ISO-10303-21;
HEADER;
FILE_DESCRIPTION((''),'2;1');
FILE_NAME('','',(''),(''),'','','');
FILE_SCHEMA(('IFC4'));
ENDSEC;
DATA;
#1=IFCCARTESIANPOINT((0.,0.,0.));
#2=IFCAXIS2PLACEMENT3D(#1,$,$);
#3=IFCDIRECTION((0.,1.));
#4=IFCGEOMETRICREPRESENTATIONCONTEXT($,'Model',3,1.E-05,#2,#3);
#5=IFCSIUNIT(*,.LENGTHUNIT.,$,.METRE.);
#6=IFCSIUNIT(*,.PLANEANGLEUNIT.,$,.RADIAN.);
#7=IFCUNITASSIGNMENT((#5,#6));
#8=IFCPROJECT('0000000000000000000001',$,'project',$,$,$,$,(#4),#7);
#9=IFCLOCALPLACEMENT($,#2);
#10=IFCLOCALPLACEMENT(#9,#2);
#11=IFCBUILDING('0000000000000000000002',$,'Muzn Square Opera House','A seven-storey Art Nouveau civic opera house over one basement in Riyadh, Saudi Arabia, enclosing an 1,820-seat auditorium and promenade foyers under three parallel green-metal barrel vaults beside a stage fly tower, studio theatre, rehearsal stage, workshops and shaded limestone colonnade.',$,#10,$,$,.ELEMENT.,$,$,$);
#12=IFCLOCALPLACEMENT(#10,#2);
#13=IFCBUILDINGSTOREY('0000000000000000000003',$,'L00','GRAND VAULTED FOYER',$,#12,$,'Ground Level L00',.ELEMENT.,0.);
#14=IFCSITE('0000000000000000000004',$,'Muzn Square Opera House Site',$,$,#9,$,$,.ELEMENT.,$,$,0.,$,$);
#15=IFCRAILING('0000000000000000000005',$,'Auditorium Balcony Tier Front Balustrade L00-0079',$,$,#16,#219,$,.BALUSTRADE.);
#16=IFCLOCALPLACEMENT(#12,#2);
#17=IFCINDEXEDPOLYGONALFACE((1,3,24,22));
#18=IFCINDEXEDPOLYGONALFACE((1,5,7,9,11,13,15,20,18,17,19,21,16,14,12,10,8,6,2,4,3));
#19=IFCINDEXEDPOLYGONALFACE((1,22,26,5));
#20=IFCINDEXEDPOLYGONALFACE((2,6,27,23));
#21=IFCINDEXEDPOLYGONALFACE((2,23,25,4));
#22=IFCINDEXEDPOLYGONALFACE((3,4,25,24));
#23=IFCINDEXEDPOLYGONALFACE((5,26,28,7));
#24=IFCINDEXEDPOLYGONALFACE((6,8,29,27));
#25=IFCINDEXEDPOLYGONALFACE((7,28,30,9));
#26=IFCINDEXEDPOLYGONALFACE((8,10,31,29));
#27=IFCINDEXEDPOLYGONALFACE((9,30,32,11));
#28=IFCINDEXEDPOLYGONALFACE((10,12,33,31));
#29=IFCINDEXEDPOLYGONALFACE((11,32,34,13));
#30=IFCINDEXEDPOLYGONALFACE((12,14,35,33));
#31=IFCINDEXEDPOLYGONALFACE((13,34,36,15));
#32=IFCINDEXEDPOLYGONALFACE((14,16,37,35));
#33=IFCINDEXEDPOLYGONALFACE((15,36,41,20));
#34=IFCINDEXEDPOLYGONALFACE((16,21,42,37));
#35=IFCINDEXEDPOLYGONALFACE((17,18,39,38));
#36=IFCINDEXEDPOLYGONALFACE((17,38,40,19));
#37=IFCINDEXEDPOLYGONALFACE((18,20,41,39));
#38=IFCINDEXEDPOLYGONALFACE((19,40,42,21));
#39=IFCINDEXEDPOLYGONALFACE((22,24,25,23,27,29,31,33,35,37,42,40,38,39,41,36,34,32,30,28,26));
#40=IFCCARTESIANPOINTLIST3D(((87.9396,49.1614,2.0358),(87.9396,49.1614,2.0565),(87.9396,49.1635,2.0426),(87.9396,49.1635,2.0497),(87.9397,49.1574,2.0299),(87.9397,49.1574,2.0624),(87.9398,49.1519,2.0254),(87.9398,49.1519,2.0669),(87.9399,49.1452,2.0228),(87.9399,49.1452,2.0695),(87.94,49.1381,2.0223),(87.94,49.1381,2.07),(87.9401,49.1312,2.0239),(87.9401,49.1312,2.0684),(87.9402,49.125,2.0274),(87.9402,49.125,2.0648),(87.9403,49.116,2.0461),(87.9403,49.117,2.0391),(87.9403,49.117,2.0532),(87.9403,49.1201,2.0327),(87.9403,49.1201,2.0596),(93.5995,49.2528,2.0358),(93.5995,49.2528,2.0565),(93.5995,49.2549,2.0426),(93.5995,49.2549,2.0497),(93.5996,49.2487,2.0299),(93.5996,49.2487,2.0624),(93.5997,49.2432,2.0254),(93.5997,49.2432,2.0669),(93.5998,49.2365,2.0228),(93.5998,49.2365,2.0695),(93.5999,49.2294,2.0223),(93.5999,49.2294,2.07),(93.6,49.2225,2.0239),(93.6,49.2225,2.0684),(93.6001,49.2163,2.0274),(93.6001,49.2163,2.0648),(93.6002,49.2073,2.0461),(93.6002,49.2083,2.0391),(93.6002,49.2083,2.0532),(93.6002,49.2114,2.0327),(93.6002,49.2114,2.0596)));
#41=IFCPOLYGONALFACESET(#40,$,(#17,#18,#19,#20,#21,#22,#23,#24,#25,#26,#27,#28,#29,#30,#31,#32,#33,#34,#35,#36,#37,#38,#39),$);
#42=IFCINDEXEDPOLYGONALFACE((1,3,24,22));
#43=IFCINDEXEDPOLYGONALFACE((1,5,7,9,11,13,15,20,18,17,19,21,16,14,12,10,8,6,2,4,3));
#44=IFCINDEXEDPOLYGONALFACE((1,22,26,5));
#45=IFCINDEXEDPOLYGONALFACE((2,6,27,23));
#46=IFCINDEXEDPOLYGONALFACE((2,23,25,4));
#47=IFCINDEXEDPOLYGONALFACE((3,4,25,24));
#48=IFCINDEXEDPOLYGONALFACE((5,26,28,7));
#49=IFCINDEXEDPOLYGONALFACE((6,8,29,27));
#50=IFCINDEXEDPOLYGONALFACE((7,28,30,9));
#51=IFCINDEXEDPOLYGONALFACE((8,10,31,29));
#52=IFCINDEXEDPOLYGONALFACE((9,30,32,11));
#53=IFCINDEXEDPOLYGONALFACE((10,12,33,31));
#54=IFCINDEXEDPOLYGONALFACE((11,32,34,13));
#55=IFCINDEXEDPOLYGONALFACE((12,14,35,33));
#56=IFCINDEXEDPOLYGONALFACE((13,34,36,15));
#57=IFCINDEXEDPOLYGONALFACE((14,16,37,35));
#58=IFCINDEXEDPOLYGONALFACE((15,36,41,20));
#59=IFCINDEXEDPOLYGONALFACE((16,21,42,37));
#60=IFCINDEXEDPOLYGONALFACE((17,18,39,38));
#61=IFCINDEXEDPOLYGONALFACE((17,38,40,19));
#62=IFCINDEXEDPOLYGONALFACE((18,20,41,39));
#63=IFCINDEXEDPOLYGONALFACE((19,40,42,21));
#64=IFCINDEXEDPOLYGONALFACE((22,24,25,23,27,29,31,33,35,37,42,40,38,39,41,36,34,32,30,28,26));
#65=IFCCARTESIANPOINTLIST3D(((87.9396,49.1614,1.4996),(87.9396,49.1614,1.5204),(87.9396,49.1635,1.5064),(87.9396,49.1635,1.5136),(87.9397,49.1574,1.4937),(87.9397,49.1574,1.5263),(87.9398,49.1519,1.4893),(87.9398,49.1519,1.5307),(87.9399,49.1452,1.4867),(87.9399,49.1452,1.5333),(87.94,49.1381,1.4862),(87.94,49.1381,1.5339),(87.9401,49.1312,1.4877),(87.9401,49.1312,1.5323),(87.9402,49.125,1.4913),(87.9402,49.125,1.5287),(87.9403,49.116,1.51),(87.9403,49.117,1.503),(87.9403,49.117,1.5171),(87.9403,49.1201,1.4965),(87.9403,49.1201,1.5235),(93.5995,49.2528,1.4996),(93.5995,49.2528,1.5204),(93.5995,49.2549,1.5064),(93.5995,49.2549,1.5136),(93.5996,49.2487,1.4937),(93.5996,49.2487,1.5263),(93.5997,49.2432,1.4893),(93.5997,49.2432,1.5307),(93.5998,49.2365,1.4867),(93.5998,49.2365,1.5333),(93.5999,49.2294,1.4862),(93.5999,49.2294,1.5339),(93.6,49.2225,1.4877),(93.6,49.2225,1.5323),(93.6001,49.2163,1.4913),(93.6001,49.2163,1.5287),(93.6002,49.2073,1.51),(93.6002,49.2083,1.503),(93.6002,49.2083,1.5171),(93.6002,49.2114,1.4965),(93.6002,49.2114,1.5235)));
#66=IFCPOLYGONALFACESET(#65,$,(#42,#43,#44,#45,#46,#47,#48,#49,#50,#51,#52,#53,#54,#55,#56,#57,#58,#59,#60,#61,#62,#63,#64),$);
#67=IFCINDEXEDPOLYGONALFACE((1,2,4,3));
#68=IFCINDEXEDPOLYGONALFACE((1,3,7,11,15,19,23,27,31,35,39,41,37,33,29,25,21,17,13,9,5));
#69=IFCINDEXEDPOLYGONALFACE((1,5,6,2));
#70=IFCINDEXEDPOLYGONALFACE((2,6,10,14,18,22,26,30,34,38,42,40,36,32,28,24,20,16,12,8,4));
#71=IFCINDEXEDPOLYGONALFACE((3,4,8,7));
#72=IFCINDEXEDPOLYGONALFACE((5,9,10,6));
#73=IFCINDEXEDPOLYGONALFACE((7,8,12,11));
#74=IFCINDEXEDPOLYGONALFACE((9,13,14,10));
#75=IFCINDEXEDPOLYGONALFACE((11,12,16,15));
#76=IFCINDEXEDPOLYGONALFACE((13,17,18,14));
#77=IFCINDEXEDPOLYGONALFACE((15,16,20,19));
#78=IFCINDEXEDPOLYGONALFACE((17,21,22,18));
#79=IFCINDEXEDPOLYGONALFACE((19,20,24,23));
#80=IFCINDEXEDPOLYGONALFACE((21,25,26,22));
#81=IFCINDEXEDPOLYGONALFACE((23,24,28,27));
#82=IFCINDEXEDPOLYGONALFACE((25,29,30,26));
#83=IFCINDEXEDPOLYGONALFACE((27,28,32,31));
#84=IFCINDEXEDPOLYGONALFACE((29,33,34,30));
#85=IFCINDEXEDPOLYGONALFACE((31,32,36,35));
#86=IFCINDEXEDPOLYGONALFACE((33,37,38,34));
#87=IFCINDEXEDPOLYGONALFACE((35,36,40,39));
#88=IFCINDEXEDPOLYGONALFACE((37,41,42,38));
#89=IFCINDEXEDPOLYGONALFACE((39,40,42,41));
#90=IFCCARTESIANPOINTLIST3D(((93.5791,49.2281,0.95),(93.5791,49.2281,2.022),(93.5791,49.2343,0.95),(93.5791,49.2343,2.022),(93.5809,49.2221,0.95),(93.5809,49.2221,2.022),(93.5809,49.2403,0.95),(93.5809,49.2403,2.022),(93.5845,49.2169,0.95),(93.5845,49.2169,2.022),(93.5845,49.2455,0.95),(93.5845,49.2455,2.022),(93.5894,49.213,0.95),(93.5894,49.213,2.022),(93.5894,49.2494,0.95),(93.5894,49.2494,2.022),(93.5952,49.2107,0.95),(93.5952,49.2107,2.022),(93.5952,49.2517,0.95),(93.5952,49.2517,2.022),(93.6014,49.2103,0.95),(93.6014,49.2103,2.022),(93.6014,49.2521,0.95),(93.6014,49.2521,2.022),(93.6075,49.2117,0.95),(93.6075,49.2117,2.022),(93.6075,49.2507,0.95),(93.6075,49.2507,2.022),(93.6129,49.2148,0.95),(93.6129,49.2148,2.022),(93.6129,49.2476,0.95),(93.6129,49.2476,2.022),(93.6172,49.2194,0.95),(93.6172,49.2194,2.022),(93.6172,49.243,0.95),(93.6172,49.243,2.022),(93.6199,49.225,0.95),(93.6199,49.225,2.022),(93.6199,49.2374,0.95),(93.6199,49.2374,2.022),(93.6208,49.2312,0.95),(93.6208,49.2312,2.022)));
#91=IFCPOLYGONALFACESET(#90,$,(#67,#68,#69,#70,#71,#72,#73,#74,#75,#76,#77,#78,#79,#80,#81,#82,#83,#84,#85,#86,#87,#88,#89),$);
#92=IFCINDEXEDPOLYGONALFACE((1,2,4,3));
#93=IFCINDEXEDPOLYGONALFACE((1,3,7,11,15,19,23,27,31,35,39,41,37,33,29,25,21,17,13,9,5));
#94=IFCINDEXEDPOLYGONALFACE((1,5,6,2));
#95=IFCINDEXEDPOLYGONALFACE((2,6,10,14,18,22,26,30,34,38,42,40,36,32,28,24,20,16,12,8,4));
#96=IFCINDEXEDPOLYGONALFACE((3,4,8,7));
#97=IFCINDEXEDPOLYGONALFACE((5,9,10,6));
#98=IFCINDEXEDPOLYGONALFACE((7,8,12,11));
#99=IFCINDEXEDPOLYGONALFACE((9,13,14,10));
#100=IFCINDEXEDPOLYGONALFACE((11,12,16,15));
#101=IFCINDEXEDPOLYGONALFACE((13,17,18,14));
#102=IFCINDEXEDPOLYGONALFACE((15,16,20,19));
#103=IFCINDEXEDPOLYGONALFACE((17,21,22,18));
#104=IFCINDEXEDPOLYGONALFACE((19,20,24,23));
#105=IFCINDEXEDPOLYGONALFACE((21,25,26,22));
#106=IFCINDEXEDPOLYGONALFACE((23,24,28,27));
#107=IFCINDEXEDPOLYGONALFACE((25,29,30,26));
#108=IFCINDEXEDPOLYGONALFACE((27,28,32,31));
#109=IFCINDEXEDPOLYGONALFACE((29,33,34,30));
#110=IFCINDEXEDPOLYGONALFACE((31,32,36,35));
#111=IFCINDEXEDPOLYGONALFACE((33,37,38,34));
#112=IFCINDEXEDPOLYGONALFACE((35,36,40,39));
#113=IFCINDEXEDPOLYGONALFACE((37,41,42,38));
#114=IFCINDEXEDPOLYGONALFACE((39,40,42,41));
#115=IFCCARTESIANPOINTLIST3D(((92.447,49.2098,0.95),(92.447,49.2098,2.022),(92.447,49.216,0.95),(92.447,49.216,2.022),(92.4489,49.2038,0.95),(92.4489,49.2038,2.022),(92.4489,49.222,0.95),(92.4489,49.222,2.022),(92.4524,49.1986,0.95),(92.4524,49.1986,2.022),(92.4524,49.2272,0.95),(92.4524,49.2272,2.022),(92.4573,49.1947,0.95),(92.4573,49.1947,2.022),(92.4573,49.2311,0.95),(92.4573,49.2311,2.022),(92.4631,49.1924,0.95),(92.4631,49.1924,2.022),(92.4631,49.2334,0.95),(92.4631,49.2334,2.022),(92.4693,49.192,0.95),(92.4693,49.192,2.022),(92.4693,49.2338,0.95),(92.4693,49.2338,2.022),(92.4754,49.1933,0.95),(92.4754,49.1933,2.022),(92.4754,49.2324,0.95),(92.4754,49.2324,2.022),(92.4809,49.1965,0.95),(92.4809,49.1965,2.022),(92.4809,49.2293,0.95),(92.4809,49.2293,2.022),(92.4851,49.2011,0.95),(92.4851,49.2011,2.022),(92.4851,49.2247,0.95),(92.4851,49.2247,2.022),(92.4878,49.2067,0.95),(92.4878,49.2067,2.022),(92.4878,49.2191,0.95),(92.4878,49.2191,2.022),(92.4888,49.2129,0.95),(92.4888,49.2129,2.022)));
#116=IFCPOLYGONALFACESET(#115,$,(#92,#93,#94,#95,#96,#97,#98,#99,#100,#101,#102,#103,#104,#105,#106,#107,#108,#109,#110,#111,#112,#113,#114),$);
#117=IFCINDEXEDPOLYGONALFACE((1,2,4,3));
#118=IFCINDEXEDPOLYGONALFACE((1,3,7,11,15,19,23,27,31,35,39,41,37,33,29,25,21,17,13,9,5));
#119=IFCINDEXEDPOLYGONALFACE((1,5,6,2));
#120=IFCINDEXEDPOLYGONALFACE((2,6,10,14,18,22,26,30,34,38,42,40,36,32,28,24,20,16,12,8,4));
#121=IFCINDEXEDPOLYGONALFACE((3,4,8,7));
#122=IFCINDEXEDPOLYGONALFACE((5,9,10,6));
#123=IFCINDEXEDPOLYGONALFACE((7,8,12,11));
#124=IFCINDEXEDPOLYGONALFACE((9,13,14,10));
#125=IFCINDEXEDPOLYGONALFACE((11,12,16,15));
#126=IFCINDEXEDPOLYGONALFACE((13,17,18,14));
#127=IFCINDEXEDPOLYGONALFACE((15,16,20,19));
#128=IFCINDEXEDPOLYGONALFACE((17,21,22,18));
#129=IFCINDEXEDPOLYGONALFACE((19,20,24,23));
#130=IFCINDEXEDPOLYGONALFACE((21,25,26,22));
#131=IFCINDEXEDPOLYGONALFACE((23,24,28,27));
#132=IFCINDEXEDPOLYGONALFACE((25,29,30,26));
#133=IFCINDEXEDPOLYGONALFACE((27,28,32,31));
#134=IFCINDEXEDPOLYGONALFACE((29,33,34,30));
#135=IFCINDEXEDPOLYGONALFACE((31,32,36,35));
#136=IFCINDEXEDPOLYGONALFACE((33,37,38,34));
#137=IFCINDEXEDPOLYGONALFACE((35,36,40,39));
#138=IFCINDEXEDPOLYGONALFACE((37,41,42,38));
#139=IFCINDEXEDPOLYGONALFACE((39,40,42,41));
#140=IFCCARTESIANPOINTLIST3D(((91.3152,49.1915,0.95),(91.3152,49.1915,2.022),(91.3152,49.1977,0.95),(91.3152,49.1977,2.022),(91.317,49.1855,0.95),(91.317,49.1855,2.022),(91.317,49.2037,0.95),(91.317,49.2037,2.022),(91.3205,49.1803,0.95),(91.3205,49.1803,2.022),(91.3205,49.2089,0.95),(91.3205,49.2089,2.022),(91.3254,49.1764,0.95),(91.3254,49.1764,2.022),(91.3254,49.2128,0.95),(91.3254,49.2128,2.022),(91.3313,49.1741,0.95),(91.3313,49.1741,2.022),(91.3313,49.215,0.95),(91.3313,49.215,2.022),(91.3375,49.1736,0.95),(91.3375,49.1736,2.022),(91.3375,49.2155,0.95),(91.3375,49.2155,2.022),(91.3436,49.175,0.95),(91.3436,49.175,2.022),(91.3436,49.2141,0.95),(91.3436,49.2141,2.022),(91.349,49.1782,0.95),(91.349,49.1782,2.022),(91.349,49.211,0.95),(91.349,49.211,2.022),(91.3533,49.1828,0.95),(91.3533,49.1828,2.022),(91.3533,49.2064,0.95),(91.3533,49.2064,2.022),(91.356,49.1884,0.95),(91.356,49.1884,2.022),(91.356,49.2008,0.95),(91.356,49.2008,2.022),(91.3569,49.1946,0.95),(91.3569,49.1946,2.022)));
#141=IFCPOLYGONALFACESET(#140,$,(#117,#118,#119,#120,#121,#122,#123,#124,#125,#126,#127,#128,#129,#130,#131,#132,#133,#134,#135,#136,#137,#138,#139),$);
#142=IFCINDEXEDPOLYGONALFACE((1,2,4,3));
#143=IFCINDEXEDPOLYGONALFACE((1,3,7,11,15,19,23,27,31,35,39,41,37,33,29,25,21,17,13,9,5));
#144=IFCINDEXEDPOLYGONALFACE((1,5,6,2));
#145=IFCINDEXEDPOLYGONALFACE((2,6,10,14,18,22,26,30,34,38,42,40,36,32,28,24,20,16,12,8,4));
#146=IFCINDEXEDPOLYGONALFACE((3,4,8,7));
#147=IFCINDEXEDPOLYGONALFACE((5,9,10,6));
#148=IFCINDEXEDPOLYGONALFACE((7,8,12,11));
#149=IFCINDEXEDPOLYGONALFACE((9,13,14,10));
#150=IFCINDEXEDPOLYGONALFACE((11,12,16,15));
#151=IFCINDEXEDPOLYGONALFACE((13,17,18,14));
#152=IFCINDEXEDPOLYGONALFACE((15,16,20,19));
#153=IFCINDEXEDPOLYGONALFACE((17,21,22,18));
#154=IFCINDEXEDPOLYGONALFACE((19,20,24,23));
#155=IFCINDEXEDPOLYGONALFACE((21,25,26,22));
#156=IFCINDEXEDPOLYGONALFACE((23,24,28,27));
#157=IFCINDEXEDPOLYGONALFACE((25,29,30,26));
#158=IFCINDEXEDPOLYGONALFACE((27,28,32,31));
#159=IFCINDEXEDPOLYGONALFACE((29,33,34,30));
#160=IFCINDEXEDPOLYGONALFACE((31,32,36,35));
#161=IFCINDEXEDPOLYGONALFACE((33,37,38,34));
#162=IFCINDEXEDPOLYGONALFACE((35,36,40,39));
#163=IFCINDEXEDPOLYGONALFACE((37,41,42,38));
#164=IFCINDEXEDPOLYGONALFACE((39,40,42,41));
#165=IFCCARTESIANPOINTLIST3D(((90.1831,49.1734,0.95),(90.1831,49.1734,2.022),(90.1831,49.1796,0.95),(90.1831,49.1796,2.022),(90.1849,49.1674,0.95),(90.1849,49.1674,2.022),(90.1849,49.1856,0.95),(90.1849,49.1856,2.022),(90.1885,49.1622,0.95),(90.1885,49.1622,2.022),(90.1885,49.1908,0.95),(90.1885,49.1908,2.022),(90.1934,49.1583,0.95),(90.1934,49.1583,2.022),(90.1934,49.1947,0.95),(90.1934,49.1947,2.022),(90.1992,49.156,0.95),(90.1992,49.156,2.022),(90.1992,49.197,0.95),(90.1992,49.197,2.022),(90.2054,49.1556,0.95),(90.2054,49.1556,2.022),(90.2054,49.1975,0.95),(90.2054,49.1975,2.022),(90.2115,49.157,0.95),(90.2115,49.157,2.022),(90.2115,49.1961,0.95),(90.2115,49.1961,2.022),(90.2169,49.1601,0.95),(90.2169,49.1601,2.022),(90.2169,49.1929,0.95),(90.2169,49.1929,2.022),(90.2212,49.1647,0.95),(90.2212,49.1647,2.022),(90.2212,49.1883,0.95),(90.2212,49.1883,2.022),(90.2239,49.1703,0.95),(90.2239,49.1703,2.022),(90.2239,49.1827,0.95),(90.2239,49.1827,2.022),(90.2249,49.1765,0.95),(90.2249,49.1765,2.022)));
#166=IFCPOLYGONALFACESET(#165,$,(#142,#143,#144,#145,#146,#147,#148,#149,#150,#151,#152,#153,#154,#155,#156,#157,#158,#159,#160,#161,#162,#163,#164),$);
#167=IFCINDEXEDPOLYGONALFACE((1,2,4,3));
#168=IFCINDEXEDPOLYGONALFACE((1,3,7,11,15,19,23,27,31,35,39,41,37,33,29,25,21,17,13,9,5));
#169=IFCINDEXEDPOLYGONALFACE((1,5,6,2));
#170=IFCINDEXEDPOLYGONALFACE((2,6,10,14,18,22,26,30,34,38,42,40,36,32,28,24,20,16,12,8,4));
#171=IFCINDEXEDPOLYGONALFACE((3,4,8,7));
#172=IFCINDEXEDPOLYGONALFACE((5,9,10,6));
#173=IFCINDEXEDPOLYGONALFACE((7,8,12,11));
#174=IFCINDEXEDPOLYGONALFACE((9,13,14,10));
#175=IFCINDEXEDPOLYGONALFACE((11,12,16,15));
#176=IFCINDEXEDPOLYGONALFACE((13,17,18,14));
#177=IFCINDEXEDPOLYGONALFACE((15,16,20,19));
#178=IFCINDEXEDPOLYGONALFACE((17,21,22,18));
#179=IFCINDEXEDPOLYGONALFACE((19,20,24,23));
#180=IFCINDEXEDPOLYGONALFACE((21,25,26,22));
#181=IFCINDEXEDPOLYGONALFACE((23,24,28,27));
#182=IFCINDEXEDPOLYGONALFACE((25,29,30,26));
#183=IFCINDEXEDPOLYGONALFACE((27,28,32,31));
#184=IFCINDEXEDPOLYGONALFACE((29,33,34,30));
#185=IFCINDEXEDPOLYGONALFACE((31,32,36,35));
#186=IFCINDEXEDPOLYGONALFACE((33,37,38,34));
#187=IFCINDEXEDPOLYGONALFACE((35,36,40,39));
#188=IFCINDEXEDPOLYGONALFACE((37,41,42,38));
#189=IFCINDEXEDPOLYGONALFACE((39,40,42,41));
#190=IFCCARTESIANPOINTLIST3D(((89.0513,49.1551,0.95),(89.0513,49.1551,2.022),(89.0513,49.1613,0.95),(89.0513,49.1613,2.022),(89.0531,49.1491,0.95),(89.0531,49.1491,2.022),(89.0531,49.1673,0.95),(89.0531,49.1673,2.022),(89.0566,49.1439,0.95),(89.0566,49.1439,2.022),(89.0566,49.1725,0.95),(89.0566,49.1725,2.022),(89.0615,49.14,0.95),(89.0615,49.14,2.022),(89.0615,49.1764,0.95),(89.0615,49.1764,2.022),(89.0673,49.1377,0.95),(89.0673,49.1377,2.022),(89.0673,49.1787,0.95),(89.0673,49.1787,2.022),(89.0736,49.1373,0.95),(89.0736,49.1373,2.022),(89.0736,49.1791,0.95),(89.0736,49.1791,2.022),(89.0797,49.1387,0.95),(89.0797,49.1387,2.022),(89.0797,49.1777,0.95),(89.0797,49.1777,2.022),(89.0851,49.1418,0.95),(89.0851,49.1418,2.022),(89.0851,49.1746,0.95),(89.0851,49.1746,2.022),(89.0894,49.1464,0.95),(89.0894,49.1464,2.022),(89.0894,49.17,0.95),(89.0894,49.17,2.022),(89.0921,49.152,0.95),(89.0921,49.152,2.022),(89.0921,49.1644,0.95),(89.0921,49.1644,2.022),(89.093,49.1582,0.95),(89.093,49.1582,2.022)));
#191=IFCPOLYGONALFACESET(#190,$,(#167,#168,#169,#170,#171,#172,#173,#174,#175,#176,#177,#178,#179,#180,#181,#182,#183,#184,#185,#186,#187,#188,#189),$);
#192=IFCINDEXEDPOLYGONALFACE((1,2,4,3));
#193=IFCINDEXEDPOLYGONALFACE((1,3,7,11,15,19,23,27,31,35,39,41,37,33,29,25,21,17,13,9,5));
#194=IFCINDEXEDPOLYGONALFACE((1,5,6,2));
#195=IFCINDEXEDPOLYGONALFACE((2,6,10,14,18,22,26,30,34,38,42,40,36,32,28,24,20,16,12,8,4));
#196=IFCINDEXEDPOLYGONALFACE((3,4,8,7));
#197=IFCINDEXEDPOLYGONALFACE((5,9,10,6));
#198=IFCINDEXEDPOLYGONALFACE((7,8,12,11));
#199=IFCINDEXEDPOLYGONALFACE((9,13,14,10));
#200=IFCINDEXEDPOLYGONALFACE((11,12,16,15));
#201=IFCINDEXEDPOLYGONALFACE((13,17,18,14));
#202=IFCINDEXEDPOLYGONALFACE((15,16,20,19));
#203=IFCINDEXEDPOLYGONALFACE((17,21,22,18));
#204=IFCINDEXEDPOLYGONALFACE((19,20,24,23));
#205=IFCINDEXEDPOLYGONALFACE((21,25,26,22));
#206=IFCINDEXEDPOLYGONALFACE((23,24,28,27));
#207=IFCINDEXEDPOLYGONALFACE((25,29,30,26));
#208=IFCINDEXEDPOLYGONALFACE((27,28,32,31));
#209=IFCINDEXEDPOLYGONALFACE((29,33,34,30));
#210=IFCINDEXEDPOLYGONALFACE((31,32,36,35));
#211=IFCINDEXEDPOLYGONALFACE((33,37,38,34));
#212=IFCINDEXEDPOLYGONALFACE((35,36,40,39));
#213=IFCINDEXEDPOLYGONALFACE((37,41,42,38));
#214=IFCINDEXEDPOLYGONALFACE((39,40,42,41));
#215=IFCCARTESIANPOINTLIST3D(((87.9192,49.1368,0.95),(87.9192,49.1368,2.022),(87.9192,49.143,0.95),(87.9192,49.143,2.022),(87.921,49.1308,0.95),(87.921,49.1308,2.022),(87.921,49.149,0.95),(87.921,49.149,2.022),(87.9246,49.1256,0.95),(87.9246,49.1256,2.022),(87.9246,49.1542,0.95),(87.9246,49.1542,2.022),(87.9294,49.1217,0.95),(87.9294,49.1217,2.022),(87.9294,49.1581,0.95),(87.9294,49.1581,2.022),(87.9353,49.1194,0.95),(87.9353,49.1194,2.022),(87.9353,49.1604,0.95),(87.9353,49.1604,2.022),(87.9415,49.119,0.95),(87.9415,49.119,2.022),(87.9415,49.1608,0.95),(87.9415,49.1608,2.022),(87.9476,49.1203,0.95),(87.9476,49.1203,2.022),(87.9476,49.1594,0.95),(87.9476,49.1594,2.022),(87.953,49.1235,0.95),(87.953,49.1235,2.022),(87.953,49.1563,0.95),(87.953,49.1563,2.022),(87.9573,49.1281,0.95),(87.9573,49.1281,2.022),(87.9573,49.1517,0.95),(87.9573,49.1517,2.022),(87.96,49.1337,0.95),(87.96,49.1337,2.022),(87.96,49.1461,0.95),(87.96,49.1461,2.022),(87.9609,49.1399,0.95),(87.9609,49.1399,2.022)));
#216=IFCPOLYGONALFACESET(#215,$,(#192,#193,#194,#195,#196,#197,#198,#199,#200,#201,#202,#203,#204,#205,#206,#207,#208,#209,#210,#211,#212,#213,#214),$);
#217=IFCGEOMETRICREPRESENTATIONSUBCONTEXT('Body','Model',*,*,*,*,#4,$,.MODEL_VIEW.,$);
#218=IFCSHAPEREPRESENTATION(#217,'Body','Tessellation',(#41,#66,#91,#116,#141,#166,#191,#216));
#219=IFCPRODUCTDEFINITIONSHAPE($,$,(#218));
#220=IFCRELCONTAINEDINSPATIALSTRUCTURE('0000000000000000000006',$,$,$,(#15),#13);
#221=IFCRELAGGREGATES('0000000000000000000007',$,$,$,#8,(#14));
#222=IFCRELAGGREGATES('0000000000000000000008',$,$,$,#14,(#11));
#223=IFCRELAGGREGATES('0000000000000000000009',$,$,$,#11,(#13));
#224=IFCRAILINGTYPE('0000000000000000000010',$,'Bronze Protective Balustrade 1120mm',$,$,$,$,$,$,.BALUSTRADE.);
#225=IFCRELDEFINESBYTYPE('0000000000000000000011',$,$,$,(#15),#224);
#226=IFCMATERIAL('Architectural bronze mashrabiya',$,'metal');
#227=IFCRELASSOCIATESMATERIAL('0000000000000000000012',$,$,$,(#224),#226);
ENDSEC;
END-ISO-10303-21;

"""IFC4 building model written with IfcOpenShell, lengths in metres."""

from ifc_helpers import new_model, si_unit, direction, frame, origin, origin_2d, place, context, subcontext, project, spatial, circle, extrude, material, type_object, element, save


model = new_model("IFC4")

# Units and contexts
model_context = context("Model", 3, precision=1e-05, world=origin(), true_north=direction((0.0, 1.0)))
body_context = subcontext(model_context, "Body", "Model", "MODEL_VIEW")
ifc_project = project(units=[si_unit("LENGTHUNIT", "METRE"), si_unit("PLANEANGLEUNIT", "RADIAN")], contexts=[model_context])

# Site, building, storey
site_placement = place(None, origin())
site = spatial("IfcSite", under=ifc_project, at=site_placement, Name="Muzn Square Opera House Site", CompositionType="ELEMENT", RefElevation=0.0)
building_placement = place(site_placement, origin())
building = spatial("IfcBuilding", under=site, at=building_placement, Name="Muzn Square Opera House", Description="A seven-storey Art Nouveau civic opera house over one basement in Riyadh, Saudi Arabia, enclosing an 1,820-seat auditorium and promenade foyers under three parallel green-metal barrel vaults beside a stage fly tower, studio theatre, rehearsal stage, workshops and shaded limestone colonnade.", CompositionType="ELEMENT")
storey_placement = place(building_placement, origin())
storey = spatial("IfcBuildingStorey", under=building, at=storey_placement, Name="L00", Description="GRAND VAULTED FOYER", LongName="Ground Level L00", CompositionType="ELEMENT", Elevation=0.0)

# Railing
ifc_material_1 = material(Name="Architectural bronze mashrabiya", Category="metal")
railing_type_1 = type_object("IfcRailingType", Name="Bronze Protective Balustrade 1120mm", PredefinedType="BALUSTRADE", material=ifc_material_1)
railing_1_placement = place(storey_placement, frame((93.5999, 49.2312, 0.95)))
element("IfcRailing", 1, at=railing_1_placement, inside=storey, type_object=railing_type_1, Name="Auditorium Balcony Tier Front Balustrade L00-0079", PredefinedType="BALUSTRADE", context=body_context, shape_type="SweptSolid", body=[
    extrude(circle(Radius=0.0239, at=origin_2d()), frame((0.0, 0.0, 1.0962), z_axis=(-0.99987, -0.01613, 0.0), x_axis=(0.01613, -0.99987, 0.0)), (0.0, 0.0, 1.0), 5.6606),
    extrude(circle(Radius=0.0239, at=origin_2d()), frame((0.0, 0.0, 0.5601), z_axis=(-0.99987, -0.01613, 0.0), x_axis=(0.01613, -0.99987, 0.0)), (0.0, 0.0, 1.0), 5.6606),
    extrude(circle(Radius=0.021, at=origin_2d()), origin(), (0.0, 0.0, 1.0), 1.072),
    extrude(circle(Radius=0.021, at=origin_2d()), frame((-1.1321, -0.0183, 0.0)), (0.0, 0.0, 1.0), 1.072),
    extrude(circle(Radius=0.021, at=origin_2d()), frame((-2.2639, -0.0366, 0.0)), (0.0, 0.0, 1.0), 1.072),
    extrude(circle(Radius=0.021, at=origin_2d()), frame((-3.396, -0.0547, 0.0)), (0.0, 0.0, 1.0), 1.072),
    extrude(circle(Radius=0.021, at=origin_2d()), frame((-4.5278, -0.073, 0.0)), (0.0, 0.0, 1.0), 1.072),
    extrude(circle(Radius=0.021, at=origin_2d()), frame((-5.6599, -0.0913, 0.0)), (0.0, 0.0, 1.0), 1.072),
])

save(model, "model.ifc")
